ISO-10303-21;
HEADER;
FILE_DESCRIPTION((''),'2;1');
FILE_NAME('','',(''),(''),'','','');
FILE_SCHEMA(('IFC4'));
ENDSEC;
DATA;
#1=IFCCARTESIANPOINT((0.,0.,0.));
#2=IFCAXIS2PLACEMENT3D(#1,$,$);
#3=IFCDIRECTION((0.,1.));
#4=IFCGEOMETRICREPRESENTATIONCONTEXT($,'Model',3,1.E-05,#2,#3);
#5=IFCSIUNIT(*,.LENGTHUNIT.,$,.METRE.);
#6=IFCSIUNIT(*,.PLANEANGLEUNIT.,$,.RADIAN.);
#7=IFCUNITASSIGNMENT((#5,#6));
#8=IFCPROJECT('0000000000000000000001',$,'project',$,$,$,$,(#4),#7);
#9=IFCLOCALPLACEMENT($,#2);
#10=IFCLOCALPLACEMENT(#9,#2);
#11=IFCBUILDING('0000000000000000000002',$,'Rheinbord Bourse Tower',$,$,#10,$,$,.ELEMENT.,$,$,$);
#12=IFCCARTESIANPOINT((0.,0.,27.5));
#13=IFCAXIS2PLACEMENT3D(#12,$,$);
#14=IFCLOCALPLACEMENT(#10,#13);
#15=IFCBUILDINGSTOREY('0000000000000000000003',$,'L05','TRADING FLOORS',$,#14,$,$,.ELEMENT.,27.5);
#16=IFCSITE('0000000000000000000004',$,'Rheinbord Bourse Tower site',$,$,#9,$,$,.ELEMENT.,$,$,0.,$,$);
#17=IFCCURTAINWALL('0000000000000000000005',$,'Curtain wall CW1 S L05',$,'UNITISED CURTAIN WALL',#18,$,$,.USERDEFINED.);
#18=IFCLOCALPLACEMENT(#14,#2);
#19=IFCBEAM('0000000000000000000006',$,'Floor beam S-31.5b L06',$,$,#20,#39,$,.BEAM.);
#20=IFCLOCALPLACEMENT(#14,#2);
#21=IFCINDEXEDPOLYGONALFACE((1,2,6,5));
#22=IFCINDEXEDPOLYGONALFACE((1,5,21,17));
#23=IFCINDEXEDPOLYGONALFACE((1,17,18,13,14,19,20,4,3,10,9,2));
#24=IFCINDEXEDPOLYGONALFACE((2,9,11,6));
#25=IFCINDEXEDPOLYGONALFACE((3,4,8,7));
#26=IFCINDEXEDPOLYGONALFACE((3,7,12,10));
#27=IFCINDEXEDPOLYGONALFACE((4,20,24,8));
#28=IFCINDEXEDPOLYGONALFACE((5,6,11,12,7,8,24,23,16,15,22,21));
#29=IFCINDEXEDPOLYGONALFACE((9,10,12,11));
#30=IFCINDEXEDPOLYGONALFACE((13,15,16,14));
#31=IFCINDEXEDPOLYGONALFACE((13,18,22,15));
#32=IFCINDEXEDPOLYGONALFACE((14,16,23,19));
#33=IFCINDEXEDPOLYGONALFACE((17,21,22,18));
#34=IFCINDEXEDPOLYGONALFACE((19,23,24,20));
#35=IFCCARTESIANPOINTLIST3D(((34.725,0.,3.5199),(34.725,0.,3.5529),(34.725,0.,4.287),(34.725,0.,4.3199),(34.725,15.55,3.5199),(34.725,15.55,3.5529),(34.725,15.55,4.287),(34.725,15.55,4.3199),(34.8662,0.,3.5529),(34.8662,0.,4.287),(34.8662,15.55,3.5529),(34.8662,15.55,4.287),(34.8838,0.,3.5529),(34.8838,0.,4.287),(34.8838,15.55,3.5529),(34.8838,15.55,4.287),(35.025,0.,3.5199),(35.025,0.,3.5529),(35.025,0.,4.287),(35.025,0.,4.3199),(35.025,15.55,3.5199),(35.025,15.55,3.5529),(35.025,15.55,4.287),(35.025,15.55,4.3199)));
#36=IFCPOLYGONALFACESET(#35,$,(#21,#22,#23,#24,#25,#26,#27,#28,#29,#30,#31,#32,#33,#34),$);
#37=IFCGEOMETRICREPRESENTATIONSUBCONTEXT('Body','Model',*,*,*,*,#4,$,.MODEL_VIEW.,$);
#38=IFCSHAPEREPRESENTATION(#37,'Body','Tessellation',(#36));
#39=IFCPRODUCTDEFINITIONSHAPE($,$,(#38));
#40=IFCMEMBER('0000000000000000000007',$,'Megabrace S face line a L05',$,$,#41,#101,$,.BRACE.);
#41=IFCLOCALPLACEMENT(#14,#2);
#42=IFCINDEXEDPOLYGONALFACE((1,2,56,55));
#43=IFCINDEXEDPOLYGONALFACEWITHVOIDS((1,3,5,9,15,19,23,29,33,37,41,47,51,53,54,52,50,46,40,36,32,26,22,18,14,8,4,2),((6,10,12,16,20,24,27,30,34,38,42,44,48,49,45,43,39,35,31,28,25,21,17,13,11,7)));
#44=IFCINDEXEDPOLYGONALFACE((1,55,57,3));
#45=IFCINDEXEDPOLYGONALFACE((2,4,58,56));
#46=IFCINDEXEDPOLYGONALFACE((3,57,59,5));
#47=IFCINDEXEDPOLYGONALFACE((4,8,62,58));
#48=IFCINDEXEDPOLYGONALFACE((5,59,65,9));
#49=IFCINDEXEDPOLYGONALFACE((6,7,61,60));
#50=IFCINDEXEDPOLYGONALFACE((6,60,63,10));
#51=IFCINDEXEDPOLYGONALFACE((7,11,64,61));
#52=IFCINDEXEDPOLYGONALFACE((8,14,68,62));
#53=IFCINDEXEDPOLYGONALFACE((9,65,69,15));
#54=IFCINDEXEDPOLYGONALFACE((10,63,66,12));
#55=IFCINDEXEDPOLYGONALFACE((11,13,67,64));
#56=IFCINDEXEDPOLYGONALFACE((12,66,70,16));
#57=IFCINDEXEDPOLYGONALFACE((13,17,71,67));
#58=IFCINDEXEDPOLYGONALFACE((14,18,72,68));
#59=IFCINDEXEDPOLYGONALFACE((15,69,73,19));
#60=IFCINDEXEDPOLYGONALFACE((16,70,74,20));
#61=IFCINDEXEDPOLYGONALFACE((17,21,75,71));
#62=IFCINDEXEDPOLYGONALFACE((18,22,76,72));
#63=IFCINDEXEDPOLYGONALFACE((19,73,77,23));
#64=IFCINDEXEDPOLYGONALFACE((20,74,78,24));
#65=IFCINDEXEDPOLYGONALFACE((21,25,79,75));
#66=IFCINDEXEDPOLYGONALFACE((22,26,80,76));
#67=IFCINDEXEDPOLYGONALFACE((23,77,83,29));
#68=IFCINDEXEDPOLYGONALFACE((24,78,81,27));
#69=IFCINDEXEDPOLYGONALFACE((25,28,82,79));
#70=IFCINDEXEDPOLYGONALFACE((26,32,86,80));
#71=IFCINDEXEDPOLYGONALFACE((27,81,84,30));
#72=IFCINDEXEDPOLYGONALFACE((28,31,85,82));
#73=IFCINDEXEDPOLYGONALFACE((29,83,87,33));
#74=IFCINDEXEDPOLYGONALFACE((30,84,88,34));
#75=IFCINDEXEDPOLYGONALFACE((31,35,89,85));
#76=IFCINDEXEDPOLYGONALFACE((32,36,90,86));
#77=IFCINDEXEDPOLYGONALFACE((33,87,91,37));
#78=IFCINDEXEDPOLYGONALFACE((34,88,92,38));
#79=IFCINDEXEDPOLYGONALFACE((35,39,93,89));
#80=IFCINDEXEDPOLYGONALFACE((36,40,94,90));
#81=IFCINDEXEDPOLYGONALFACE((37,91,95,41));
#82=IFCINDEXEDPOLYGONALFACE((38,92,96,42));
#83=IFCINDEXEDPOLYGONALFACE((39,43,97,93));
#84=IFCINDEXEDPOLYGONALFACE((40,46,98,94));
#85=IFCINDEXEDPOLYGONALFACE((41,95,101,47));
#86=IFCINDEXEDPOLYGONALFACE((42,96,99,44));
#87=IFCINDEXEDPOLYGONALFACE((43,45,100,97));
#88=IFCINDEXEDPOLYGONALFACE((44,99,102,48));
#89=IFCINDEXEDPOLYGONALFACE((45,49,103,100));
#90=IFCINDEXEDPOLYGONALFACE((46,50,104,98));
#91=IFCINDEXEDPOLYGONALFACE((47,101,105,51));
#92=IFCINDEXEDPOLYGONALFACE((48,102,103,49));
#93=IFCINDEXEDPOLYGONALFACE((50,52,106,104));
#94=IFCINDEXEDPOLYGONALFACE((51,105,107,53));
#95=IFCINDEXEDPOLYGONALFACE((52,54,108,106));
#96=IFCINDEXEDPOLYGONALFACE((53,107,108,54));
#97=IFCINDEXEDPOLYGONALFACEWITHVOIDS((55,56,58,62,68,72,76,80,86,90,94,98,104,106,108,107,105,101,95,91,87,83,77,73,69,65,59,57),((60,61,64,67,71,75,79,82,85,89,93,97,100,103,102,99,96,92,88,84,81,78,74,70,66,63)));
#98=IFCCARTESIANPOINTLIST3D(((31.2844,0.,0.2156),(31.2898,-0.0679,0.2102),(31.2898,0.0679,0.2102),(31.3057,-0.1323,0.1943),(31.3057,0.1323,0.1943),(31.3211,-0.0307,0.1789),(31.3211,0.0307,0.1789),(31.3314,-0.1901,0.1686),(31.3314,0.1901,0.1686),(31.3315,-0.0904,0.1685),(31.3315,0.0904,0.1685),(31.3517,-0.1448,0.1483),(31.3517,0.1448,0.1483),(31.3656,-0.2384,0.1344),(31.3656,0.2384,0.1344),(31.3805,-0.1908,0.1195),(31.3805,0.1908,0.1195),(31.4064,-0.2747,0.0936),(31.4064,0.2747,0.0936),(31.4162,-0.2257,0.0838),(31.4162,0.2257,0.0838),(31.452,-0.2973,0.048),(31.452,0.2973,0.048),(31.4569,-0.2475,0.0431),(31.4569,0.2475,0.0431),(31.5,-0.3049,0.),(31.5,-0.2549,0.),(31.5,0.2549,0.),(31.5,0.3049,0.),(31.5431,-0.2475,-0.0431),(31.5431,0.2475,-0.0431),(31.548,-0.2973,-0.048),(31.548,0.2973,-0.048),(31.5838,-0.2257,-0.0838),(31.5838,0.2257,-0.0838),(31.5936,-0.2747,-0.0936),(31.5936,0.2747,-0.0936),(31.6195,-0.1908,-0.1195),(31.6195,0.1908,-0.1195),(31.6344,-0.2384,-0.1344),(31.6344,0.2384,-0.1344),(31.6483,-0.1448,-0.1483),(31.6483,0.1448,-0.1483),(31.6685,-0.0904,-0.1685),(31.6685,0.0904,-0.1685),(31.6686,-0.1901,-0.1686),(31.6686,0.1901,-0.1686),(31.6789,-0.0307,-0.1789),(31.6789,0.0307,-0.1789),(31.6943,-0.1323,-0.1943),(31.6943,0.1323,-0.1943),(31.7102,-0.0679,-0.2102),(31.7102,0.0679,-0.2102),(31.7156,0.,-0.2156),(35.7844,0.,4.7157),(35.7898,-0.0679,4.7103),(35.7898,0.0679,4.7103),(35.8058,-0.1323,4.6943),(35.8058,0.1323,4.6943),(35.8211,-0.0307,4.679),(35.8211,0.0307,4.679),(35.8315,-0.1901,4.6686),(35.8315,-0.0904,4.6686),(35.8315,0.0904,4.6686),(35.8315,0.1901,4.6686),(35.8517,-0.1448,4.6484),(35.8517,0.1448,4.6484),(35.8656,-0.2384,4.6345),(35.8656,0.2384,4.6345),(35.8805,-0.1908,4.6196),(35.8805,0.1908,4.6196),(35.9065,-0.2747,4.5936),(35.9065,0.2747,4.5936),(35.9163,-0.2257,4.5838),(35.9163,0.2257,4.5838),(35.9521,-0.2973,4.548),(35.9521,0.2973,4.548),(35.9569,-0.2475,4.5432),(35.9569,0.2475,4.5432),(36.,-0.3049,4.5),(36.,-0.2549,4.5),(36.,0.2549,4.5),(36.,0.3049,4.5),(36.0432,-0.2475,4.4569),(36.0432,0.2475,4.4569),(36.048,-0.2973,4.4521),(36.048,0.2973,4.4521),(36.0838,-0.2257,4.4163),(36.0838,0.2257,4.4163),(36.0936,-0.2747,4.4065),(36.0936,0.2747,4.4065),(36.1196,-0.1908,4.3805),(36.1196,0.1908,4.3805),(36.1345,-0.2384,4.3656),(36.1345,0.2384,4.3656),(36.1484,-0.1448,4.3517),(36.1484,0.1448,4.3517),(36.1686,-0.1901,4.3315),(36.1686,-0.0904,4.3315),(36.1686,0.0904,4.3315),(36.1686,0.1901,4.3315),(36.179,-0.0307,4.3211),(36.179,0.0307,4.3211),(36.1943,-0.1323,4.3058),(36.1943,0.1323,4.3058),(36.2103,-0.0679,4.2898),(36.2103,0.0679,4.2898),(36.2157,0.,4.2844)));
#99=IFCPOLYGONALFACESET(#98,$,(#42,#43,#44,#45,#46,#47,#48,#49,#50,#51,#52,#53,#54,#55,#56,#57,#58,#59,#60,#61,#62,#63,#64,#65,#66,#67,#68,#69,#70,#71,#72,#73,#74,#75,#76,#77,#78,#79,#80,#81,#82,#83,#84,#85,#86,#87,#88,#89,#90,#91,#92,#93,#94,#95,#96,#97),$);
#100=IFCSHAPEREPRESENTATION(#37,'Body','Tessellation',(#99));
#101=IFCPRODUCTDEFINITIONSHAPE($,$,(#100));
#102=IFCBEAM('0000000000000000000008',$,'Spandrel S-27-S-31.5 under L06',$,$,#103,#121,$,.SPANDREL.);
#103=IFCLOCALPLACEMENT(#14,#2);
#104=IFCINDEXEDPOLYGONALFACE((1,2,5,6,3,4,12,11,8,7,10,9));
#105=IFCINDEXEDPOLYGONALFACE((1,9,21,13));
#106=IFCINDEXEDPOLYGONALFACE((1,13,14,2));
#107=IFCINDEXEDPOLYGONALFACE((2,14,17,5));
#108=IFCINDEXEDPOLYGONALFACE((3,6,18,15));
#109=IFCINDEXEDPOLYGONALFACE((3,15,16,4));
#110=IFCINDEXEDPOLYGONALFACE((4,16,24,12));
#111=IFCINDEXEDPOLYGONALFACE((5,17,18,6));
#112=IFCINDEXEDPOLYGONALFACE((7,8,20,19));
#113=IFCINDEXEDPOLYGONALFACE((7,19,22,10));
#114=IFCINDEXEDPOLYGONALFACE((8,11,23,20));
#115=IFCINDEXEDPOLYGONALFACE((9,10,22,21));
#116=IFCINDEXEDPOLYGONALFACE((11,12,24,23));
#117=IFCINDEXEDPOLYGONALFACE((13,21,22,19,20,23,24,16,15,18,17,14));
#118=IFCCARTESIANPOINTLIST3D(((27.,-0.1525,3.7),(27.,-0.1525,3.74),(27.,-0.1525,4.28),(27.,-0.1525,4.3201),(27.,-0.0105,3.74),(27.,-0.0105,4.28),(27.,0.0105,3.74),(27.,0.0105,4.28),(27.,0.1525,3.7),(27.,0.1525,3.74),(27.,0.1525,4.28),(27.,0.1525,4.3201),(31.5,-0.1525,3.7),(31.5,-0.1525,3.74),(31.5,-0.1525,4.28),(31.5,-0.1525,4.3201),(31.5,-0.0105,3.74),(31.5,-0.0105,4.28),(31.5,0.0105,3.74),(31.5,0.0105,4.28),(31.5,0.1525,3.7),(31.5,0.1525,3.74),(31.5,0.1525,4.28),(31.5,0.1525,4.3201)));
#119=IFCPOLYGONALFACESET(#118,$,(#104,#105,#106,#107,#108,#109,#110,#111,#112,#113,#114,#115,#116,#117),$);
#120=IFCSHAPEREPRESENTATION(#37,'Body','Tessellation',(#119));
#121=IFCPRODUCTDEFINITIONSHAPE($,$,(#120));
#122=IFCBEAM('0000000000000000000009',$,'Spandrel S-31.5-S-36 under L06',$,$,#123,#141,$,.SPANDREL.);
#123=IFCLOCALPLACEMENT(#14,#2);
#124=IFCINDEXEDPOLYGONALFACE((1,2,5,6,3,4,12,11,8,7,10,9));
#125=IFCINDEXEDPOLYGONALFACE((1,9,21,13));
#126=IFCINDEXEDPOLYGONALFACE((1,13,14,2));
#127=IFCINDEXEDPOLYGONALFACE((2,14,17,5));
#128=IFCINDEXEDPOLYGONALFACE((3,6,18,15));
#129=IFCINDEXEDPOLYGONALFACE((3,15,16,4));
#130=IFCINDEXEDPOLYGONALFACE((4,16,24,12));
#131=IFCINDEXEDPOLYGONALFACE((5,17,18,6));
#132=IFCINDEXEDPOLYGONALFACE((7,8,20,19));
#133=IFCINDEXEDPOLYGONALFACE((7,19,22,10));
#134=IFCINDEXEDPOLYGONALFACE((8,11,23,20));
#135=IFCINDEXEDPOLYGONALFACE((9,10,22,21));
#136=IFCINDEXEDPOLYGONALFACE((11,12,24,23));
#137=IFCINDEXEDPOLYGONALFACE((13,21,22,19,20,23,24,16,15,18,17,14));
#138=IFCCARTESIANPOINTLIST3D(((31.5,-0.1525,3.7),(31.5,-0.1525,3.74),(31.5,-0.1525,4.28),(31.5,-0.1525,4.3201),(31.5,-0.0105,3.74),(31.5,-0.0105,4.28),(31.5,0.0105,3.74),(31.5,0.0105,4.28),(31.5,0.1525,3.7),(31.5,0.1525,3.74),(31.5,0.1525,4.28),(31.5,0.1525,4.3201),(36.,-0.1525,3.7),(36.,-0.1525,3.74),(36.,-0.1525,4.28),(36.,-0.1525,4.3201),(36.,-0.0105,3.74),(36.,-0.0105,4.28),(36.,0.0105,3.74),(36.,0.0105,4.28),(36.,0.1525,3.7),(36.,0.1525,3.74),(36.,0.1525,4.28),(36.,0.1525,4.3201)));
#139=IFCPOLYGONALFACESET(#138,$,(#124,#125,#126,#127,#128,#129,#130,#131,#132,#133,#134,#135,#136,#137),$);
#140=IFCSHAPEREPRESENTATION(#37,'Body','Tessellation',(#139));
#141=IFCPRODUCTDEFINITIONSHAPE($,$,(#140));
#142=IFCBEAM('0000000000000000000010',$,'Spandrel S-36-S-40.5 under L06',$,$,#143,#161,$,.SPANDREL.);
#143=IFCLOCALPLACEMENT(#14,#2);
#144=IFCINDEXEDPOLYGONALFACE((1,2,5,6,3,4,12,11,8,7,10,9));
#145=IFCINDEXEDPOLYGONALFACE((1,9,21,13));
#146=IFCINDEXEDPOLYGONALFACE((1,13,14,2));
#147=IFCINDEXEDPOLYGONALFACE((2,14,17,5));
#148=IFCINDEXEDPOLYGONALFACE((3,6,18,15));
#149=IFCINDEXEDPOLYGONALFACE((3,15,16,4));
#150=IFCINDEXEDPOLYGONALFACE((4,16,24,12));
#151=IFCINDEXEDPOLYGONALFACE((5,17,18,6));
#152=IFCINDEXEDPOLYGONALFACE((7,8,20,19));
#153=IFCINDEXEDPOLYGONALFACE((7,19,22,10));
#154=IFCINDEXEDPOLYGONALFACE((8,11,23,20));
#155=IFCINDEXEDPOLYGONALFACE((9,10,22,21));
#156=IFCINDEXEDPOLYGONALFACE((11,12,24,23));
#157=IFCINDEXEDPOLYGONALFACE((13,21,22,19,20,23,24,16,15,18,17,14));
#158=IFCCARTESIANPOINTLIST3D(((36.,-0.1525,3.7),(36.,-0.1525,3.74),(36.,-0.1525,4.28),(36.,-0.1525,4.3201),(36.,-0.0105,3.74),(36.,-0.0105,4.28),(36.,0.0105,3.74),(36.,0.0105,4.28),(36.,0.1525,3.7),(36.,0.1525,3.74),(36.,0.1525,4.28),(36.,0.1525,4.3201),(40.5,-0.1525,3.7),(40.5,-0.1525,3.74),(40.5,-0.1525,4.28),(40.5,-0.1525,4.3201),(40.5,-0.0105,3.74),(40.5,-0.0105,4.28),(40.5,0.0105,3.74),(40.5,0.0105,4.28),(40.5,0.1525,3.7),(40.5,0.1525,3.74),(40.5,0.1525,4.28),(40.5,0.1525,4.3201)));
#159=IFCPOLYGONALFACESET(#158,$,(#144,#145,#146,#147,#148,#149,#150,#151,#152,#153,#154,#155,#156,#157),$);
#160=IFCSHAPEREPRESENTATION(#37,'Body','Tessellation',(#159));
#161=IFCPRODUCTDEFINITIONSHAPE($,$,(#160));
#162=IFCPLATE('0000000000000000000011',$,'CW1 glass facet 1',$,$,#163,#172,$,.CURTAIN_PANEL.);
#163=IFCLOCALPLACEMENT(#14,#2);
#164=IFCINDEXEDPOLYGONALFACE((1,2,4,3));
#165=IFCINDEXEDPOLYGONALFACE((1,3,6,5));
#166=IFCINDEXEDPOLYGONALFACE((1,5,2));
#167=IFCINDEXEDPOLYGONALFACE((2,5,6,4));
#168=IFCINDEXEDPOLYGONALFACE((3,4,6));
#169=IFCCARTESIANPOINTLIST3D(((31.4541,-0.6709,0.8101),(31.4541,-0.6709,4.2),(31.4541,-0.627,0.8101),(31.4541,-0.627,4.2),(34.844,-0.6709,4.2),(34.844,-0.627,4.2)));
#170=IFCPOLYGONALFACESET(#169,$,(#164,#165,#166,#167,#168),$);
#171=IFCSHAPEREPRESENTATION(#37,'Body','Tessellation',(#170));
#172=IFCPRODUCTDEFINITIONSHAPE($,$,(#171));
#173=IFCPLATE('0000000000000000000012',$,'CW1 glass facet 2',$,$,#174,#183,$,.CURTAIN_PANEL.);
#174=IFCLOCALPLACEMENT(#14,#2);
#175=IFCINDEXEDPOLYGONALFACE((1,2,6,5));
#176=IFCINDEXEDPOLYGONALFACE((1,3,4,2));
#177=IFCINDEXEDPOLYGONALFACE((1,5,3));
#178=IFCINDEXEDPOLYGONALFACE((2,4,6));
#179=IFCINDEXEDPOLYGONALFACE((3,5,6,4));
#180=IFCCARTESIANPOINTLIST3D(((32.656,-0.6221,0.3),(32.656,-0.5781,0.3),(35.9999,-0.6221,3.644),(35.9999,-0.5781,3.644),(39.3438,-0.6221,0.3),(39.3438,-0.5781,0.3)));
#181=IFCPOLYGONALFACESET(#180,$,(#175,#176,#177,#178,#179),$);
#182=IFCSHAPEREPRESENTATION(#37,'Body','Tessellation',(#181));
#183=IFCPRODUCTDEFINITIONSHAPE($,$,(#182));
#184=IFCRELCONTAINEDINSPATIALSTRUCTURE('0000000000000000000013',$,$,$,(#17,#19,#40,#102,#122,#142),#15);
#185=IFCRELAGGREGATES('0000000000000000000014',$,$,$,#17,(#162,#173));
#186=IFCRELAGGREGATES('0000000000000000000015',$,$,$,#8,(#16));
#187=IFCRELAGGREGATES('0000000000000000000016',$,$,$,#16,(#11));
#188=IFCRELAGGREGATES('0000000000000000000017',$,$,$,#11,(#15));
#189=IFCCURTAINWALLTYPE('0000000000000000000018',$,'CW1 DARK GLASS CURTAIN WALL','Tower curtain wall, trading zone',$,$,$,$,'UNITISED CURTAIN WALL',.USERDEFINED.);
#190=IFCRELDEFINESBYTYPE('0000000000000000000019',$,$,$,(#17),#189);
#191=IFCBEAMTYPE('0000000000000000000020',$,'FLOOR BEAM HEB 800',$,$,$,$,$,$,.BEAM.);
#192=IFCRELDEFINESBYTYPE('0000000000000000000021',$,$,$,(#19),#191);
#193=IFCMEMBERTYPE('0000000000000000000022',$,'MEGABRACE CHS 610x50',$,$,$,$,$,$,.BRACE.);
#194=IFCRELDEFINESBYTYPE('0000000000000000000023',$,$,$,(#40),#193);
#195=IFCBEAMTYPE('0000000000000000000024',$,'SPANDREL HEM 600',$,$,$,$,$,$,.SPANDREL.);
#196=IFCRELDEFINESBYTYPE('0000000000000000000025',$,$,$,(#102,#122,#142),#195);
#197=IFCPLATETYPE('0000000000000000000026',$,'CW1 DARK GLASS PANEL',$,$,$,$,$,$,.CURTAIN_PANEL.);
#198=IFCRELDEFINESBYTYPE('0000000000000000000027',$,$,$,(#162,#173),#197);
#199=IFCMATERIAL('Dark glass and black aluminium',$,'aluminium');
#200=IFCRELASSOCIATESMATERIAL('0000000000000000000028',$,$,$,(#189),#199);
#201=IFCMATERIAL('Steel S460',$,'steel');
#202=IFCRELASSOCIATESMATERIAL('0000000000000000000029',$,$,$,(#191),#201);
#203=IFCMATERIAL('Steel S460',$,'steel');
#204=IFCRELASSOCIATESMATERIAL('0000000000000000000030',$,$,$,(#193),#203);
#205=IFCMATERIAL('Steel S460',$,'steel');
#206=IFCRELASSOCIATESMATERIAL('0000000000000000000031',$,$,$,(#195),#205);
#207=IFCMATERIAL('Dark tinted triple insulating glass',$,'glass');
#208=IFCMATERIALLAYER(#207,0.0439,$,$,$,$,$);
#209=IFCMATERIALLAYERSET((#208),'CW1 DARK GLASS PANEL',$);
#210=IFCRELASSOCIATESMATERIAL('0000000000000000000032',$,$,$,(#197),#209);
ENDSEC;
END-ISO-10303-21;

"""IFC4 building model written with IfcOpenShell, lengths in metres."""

from ifc_helpers import new_model, si_unit, direction, frame, origin, origin_2d, place, context, subcontext, project, spatial, polyline, hollow_circle, i_section, outline, extrude, material, layer, layer_set, material_profile, profile_set, type_object, element, aggregate, save


model = new_model("IFC4")

# Units and contexts
model_context = context("Model", 3, precision=1e-05, world=origin(), true_north=direction((0.0, 1.0)))
body_context = subcontext(model_context, "Body", "Model", "MODEL_VIEW")
ifc_project = project(units=[si_unit("LENGTHUNIT", "METRE"), si_unit("PLANEANGLEUNIT", "RADIAN")], contexts=[model_context])

# Site, building, storey
site_placement = place(None, origin())
site = spatial("IfcSite", under=ifc_project, at=site_placement, Name="Rheinbord Bourse Tower site", CompositionType="ELEMENT", RefElevation=0.0)
building_placement = place(site_placement, origin())
building = spatial("IfcBuilding", under=site, at=building_placement, Name="Rheinbord Bourse Tower", CompositionType="ELEMENT")
storey_placement = place(building_placement, frame((0.0, 0.0, 27.5)))
storey = spatial("IfcBuildingStorey", under=building, at=storey_placement, Name="L05", Description="TRADING FLOORS", CompositionType="ELEMENT", Elevation=27.5)

# Curtain wall
ifc_material_1 = material(Name="Dark glass and black aluminium", Category="aluminium")
curtain_wall_type = type_object("IfcCurtainWallType", Name="CW1 DARK GLASS CURTAIN WALL", Description="Tower curtain wall, trading zone", ElementType="UNITISED CURTAIN WALL", PredefinedType="USERDEFINED", material=ifc_material_1)
curtain_wall_placement = place(storey_placement, origin())
curtain_wall = element("IfcCurtainWall", 1, at=curtain_wall_placement, inside=storey, type_object=curtain_wall_type, Name="Curtain wall CW1 S L05", ObjectType="UNITISED CURTAIN WALL", PredefinedType="USERDEFINED")

# Beam
ifc_material_2 = material(Name="Steel S460", Category="steel")
ifc_material_profile_1 = material_profile(ifc_material_2, i_section(OverallWidth=0.3, OverallDepth=0.8, WebThickness=0.0176, FlangeThickness=0.033, at=origin_2d()), Name="HEB 800")
ifc_profile_set_1 = profile_set([ifc_material_profile_1], Name="Steel S460")
beam_type_1 = type_object("IfcBeamType", Name="FLOOR BEAM HEB 800", PredefinedType="BEAM", material=ifc_profile_set_1)
for number, where, z_axis, x_axis, name in (
    (2, (34.875, 0.0, 3.9199), (0.0, 1.0, 0.0), (-1.0, 0.0, 0.0), "Floor beam S-31.5b L06"),
):
    element("IfcBeam", number, at=place(storey_placement, frame(where, z_axis=z_axis, x_axis=x_axis)), inside=storey, type_object=beam_type_1, Name=name, PredefinedType="BEAM", context=body_context, shape_type="SweptSolid", body=[
        extrude(i_section(OverallWidth=0.3, OverallDepth=0.8, WebThickness=0.0176, FlangeThickness=0.033, at=origin_2d()), origin(), (0.0, 0.0, 1.0), 15.55),
    ])

# Member
ifc_material_3 = material(Name="Steel S460", Category="steel")
ifc_material_profile_2 = material_profile(ifc_material_3, hollow_circle(Radius=0.3049, WallThickness=0.05, at=origin_2d()), Name="CHS 610x50")
ifc_profile_set_2 = profile_set([ifc_material_profile_2], Name="Steel S460")
member_type_1 = type_object("IfcMemberType", Name="MEGABRACE CHS 610x50", PredefinedType="BRACE", material=ifc_profile_set_2)
member_1_placement = place(storey_placement, frame((31.5, 0.0, 0.0), z_axis=(0.707107, 0.0, 0.707107), x_axis=(0.0, 1.0, 0.0)))
element("IfcMember", 3, at=member_1_placement, inside=storey, type_object=member_type_1, Name="Megabrace S face line a L05", PredefinedType="BRACE", context=body_context, shape_type="SweptSolid", body=[
    extrude(hollow_circle(Radius=0.3049, WallThickness=0.05, at=origin_2d()), origin(), (0.0, 0.0, 1.0), 6.364),
])

# Beams
ifc_material_4 = material(Name="Steel S460", Category="steel")
ifc_material_profile_3 = material_profile(ifc_material_4, i_section(OverallWidth=0.3049, OverallDepth=0.6201, WebThickness=0.021, FlangeThickness=0.04, at=origin_2d()), Name="HEM 600")
ifc_profile_set_3 = profile_set([ifc_material_profile_3], Name="Steel S460")
beam_type_2 = type_object("IfcBeamType", Name="SPANDREL HEM 600", PredefinedType="SPANDREL", material=ifc_profile_set_3)
for number, where, z_axis, x_axis, name in (
    (4, (27.0, 0.0, 4.01), (1.0, 0.0, 0.0), (0.0, 1.0, 0.0), "Spandrel S-27-S-31.5 under L06"),
    (5, (31.5, 0.0, 4.01), (1.0, 0.0, 0.0), (0.0, 1.0, 0.0), "Spandrel S-31.5-S-36 under L06"),
    (6, (36.0, 0.0, 4.01), (1.0, 0.0, 0.0), (0.0, 1.0, 0.0), "Spandrel S-36-S-40.5 under L06"),
):
    element("IfcBeam", number, at=place(storey_placement, frame(where, z_axis=z_axis, x_axis=x_axis)), inside=storey, type_object=beam_type_2, Name=name, PredefinedType="SPANDREL", context=body_context, shape_type="SweptSolid", body=[
        extrude(i_section(OverallWidth=0.3049, OverallDepth=0.6201, WebThickness=0.021, FlangeThickness=0.04, at=origin_2d()), origin(), (0.0, 0.0, 1.0), 4.5),
    ])

# Plates
ifc_material_5 = material(Name="Dark tinted triple insulating glass", Category="glass")
ifc_layer_1 = layer(ifc_material_5, 0.0439)
ifc_layer_set_1 = layer_set([ifc_layer_1], Name="CW1 DARK GLASS PANEL")
plate_type = type_object("IfcPlateType", Name="CW1 DARK GLASS PANEL", PredefinedType="CURTAIN_PANEL", material=ifc_layer_set_1)
plate_1_placement = place(storey_placement, frame((31.4541, -0.6709, 4.2), z_axis=(0.0, 1.0, 0.0), x_axis=(1.0, 0.0, 0.0)))
plate_1 = element("IfcPlate", 7, at=plate_1_placement, type_object=plate_type, Name="CW1 glass facet 1", PredefinedType="CURTAIN_PANEL", context=body_context, shape_type="SweptSolid", body=[
    extrude(outline(polyline([(0.0, 0.0), (3.3899, 0.0), (0.0, 3.3899), (0.0, 0.0)])), origin(), (0.0, 0.0, 1.0), 0.0439),
])
plate_2_placement = place(storey_placement, frame((32.656, -0.6221, 0.3), z_axis=(0.0, 1.0, 0.0), x_axis=(0.707107, 0.0, 0.707107)))
plate_2 = element("IfcPlate", 8, at=plate_2_placement, type_object=plate_type, Name="CW1 glass facet 2", PredefinedType="CURTAIN_PANEL", context=body_context, shape_type="SweptSolid", body=[
    extrude(outline(polyline([(0.0, 0.0), (4.729, 0.0), (4.729, 4.729), (0.0, 0.0)])), origin(), (0.0, 0.0, 1.0), 0.0439),
])
aggregate(curtain_wall, [plate_1, plate_2])

save(model, "model.ifc")
